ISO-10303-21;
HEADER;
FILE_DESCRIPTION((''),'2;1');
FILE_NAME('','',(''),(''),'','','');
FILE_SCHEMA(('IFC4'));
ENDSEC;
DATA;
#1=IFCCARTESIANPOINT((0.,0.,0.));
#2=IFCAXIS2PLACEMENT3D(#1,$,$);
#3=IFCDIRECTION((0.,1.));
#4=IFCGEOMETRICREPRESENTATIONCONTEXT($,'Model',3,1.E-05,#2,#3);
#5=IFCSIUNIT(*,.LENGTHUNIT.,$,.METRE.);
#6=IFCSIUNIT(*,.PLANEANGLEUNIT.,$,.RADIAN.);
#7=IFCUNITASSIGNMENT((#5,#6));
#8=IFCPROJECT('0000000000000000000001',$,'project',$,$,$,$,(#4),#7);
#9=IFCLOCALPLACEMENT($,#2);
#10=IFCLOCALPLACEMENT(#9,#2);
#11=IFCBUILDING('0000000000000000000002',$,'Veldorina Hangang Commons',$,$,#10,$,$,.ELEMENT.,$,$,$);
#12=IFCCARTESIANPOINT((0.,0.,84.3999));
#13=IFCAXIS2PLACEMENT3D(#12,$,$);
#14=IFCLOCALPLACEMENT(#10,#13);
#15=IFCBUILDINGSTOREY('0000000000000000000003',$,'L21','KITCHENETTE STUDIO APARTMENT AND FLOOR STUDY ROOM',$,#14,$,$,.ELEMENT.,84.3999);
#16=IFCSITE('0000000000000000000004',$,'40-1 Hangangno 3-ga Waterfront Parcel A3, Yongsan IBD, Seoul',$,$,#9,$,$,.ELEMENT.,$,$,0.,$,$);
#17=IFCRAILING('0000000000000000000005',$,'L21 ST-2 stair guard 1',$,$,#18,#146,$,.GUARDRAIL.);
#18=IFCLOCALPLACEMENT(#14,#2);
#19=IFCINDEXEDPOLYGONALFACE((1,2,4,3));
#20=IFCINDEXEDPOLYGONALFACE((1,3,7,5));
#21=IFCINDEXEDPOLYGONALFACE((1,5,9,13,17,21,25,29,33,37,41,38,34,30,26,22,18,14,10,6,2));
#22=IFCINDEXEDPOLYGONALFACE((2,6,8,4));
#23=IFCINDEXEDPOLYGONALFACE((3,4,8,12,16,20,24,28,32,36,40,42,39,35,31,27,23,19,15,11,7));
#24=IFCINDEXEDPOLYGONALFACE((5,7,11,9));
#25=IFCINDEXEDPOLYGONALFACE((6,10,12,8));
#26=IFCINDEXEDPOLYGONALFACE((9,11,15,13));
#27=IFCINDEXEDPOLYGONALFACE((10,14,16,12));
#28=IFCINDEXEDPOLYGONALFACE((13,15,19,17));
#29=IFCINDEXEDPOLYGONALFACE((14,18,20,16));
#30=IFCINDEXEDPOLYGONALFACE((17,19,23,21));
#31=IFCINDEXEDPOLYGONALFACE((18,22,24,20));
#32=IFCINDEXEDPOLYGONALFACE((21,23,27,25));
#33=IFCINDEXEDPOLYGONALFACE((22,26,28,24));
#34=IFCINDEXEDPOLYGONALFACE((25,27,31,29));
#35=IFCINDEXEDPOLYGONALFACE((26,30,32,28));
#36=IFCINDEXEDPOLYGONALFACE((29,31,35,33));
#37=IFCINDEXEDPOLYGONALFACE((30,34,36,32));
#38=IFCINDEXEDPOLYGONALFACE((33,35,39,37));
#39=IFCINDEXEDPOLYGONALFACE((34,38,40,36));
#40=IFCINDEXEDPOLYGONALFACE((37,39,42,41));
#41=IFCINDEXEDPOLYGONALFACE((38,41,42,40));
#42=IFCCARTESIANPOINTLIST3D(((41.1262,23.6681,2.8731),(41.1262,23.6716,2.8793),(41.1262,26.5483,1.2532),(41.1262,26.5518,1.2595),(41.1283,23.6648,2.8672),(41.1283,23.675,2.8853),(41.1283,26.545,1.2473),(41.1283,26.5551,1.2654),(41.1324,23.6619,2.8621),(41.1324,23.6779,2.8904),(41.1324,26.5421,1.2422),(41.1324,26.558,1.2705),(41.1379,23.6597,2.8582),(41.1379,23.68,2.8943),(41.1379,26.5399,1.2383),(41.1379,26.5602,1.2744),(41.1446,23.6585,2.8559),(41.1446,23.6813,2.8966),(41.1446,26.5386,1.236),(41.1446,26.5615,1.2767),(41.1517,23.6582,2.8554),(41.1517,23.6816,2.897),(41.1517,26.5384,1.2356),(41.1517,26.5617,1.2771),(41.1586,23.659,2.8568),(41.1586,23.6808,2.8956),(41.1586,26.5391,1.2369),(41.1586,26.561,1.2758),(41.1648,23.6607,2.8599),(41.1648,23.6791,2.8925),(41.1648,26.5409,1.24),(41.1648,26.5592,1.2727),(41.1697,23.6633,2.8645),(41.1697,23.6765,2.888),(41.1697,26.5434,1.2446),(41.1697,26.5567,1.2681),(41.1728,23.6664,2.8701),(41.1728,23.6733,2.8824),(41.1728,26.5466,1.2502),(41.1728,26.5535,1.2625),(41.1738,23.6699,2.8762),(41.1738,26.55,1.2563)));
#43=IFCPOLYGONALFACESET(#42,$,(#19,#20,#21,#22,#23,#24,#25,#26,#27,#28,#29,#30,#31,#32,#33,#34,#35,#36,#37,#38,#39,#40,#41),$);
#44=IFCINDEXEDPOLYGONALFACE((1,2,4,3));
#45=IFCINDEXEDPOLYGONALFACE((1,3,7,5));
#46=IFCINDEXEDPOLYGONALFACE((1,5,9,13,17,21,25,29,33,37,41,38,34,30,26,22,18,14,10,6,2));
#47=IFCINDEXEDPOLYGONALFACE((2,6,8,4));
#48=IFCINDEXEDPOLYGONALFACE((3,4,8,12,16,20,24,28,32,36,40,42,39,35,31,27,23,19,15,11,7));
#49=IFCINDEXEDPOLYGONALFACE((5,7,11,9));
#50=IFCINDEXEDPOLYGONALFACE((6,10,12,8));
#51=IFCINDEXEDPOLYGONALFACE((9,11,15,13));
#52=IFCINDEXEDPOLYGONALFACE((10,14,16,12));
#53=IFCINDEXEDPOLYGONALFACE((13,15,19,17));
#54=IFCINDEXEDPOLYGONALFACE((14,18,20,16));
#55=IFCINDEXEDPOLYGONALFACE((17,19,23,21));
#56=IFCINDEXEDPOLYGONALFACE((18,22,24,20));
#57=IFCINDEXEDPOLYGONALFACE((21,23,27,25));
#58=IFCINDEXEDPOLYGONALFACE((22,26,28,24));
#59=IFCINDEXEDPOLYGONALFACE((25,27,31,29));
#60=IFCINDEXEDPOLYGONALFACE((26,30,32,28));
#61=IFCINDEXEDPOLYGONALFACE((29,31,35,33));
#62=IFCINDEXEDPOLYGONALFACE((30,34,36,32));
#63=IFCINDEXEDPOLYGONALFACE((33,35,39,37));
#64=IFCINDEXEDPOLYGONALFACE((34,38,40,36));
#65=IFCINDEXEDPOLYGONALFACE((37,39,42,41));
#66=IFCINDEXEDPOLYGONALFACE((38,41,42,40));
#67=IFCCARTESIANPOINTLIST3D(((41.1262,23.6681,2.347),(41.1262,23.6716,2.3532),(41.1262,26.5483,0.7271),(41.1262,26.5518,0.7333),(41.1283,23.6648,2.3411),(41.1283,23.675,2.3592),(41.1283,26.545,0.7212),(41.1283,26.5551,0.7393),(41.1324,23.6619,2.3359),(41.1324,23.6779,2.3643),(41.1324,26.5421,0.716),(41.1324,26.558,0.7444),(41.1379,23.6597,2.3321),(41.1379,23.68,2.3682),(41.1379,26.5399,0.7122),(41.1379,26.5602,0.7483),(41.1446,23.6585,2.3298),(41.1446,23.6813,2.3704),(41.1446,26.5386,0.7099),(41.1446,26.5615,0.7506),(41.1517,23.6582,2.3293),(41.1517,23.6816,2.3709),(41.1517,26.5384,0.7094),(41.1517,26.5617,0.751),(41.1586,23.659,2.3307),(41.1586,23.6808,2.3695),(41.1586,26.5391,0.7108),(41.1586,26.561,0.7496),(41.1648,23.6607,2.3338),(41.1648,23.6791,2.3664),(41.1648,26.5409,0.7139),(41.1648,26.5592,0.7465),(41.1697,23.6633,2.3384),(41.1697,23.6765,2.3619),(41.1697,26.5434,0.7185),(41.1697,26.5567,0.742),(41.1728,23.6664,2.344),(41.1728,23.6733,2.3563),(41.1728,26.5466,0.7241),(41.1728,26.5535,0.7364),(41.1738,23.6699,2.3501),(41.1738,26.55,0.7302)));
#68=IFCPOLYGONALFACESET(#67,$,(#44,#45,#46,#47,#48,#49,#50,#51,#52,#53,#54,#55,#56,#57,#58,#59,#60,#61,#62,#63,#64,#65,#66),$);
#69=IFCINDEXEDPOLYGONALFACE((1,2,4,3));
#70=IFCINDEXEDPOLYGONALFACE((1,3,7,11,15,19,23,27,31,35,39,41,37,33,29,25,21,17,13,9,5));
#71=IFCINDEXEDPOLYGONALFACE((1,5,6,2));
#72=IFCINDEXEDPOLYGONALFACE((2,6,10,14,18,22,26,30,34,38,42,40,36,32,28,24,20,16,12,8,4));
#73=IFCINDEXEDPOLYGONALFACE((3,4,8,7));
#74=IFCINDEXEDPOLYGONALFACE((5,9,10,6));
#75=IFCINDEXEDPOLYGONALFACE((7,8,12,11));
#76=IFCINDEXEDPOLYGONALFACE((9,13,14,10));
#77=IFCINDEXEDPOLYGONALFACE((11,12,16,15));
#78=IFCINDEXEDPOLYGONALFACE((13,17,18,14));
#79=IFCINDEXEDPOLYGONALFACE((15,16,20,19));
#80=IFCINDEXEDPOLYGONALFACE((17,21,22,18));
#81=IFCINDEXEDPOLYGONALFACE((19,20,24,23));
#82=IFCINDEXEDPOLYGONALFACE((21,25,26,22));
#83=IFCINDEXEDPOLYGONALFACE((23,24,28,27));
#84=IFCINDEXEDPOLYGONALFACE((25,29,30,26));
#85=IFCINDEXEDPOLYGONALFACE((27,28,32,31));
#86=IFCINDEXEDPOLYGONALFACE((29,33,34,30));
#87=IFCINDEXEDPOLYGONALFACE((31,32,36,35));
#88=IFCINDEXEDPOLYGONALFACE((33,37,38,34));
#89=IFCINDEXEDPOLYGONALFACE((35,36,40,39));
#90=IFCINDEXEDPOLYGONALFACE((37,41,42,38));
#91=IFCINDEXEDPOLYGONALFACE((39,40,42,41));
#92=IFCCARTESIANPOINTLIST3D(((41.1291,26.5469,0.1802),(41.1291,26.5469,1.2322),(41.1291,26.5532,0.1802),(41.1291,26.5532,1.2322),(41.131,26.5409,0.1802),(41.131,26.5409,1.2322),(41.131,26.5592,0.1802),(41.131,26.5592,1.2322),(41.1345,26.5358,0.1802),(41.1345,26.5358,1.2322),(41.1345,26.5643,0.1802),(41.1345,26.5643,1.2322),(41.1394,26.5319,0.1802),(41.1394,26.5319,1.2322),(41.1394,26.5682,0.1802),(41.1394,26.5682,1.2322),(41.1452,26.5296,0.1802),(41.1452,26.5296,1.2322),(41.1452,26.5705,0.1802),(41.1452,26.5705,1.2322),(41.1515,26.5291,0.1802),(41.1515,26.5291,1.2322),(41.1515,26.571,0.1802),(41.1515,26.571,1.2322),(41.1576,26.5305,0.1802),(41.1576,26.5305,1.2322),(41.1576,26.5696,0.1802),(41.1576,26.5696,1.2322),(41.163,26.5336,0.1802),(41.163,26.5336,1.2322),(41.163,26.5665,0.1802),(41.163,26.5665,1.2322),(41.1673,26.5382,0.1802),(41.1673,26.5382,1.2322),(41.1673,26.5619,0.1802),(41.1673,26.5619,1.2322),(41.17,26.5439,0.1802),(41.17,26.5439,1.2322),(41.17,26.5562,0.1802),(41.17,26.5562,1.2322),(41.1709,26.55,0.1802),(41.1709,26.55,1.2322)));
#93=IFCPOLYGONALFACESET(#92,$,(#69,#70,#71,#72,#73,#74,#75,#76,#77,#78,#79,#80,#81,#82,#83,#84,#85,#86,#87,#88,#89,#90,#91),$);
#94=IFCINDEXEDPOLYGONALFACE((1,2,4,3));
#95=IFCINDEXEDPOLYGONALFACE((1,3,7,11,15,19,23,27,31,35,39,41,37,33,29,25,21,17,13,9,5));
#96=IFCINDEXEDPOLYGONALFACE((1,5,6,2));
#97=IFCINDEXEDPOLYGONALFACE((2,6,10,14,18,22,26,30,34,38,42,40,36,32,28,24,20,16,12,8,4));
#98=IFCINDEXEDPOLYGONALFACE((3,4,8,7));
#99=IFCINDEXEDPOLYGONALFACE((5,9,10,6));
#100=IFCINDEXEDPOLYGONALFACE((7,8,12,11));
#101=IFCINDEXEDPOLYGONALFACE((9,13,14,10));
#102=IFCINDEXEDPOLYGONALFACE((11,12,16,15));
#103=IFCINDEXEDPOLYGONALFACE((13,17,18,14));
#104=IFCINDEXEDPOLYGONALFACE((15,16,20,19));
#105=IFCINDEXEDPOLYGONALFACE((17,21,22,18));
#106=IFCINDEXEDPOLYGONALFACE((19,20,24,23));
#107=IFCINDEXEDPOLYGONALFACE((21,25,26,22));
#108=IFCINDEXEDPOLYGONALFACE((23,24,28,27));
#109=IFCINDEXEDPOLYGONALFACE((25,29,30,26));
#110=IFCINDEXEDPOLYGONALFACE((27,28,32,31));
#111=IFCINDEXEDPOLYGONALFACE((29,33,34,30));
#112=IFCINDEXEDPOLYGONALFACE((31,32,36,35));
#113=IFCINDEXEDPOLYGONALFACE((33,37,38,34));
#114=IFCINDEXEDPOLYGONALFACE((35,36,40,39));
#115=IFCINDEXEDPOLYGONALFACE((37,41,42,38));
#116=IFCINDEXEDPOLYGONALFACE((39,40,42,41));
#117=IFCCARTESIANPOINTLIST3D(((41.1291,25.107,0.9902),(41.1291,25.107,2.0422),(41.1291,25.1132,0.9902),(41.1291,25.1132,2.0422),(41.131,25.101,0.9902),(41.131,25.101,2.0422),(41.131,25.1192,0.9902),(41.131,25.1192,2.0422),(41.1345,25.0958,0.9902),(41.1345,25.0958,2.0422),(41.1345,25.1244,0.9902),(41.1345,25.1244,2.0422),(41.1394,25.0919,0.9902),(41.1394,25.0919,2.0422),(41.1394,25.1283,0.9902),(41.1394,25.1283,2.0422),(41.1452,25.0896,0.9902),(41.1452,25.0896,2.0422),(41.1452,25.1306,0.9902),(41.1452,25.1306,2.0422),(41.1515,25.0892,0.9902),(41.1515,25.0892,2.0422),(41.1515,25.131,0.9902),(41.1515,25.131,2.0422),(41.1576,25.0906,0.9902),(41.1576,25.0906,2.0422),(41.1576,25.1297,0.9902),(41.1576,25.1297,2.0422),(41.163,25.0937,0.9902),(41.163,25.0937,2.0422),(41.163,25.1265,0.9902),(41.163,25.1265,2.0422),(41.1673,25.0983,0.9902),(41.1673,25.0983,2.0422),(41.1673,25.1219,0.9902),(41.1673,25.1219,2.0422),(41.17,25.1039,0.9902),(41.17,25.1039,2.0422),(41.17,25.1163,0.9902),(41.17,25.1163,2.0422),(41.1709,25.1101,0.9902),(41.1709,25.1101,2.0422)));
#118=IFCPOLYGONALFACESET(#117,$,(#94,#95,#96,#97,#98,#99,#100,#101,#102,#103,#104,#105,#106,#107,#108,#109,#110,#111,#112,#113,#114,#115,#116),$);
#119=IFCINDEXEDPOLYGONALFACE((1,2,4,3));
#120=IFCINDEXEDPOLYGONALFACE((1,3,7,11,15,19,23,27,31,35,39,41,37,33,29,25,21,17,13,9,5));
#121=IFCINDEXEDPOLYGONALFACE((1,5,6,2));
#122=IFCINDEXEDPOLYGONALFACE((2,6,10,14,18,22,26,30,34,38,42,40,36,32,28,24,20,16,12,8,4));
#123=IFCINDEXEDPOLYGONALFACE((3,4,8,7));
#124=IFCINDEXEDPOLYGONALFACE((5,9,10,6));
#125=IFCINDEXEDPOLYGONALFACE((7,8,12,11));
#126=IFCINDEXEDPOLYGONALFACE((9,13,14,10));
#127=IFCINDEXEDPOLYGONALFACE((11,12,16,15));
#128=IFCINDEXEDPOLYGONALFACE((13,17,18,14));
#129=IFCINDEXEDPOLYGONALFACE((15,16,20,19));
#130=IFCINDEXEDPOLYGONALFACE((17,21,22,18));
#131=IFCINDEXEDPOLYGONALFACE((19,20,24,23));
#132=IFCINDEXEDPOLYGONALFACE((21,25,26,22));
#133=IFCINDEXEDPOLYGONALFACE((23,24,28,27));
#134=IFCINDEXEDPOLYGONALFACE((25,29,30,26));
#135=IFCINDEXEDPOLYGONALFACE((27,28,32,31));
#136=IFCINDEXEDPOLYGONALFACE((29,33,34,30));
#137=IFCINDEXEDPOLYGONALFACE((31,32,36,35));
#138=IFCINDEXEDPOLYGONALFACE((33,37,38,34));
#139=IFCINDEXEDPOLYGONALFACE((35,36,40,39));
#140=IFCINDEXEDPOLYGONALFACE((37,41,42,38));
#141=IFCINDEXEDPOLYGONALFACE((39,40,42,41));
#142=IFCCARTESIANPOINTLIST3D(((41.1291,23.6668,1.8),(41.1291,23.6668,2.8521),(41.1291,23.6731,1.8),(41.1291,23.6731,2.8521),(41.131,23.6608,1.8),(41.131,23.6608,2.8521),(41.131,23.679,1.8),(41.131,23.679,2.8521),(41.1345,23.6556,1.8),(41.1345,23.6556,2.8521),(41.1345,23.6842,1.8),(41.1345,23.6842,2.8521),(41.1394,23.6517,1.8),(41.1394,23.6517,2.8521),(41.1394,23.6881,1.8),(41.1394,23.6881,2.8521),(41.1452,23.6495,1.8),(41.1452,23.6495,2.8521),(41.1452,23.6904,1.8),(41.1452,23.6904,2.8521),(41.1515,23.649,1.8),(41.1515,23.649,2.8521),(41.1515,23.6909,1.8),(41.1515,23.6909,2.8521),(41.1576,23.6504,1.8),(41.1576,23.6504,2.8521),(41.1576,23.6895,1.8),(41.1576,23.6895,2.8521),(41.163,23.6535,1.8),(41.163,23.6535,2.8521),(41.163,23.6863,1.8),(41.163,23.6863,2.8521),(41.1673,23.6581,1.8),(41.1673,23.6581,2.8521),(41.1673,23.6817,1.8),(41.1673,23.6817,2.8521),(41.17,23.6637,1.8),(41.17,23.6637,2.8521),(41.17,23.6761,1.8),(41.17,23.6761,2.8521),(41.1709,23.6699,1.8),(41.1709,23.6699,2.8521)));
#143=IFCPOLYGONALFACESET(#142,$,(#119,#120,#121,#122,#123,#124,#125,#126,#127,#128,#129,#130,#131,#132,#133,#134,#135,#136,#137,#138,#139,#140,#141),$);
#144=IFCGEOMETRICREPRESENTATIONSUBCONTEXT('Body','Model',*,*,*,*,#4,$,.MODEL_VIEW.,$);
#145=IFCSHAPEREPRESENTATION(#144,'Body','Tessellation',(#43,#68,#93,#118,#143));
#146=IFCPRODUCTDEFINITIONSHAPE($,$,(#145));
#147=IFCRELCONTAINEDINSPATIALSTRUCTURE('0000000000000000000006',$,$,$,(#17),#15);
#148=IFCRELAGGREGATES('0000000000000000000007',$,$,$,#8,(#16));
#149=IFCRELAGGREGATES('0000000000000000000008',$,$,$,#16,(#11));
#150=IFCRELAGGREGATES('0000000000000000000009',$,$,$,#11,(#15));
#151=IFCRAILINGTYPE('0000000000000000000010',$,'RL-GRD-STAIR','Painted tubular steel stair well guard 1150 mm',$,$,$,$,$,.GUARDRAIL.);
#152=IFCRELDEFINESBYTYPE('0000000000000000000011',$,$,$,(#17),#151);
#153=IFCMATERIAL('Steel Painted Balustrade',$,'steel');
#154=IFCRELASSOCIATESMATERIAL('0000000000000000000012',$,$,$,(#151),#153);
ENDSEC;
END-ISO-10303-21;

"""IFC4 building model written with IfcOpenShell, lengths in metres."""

from ifc_helpers import new_model, si_unit, direction, frame, origin, origin_2d, place, context, subcontext, project, spatial, circle, extrude, material, type_object, element, save


model = new_model("IFC4")

# Units and contexts
model_context = context("Model", 3, precision=1e-05, world=origin(), true_north=direction((0.0, 1.0)))
body_context = subcontext(model_context, "Body", "Model", "MODEL_VIEW")
ifc_project = project(units=[si_unit("LENGTHUNIT", "METRE"), si_unit("PLANEANGLEUNIT", "RADIAN")], contexts=[model_context])

# Site, building, storey
site_placement = place(None, origin())
site = spatial("IfcSite", under=ifc_project, at=site_placement, Name="40-1 Hangangno 3-ga Waterfront Parcel A3, Yongsan IBD, Seoul", CompositionType="ELEMENT", RefElevation=0.0)
building_placement = place(site_placement, origin())
building = spatial("IfcBuilding", under=site, at=building_placement, Name="Veldorina Hangang Commons", CompositionType="ELEMENT")
storey_placement = place(building_placement, frame((0.0, 0.0, 84.3999)))
storey = spatial("IfcBuildingStorey", under=building, at=storey_placement, Name="L21", Description="KITCHENETTE STUDIO APARTMENT AND FLOOR STUDY ROOM", CompositionType="ELEMENT", Elevation=84.3999)

# Railing
ifc_material_1 = material(Name="Steel Painted Balustrade", Category="steel")
railing_type_1 = type_object("IfcRailingType", Name="RL-GRD-STAIR", Description="Painted tubular steel stair well guard 1150 mm", PredefinedType="GUARDRAIL", material=ifc_material_1)
railing_1_placement = place(storey_placement, frame((41.1499, 26.55, 0.1802)))
element("IfcRailing", 1, at=railing_1_placement, inside=storey, type_object=railing_type_1, Name="L21 ST-2 stair guard 1", PredefinedType="GUARDRAIL", context=body_context, shape_type="SweptSolid", body=[
    extrude(circle(Radius=0.0239, at=origin_2d()), frame((0.0, 0.0, 1.0762), z_axis=(0.0, -0.871601, 0.490216), x_axis=(1.0, 0.0, 0.0)), (0.0, 0.0, 1.0), 3.3044),
    extrude(circle(Radius=0.0239, at=origin_2d()), frame((0.0, 0.0, 0.55), z_axis=(0.0, -0.871601, 0.490216), x_axis=(1.0, 0.0, 0.0)), (0.0, 0.0, 1.0), 3.3044),
    extrude(circle(Radius=0.021, at=origin_2d()), origin(), (0.0, 0.0, 1.0), 1.052),
    extrude(circle(Radius=0.021, at=origin_2d()), frame((0.0, -1.4399, 0.8101)), (0.0, 0.0, 1.0), 1.052),
    extrude(circle(Radius=0.021, at=origin_2d()), frame((0.0, -2.8801, 1.6199)), (0.0, 0.0, 1.0), 1.052),
])

save(model, "model.ifc")
